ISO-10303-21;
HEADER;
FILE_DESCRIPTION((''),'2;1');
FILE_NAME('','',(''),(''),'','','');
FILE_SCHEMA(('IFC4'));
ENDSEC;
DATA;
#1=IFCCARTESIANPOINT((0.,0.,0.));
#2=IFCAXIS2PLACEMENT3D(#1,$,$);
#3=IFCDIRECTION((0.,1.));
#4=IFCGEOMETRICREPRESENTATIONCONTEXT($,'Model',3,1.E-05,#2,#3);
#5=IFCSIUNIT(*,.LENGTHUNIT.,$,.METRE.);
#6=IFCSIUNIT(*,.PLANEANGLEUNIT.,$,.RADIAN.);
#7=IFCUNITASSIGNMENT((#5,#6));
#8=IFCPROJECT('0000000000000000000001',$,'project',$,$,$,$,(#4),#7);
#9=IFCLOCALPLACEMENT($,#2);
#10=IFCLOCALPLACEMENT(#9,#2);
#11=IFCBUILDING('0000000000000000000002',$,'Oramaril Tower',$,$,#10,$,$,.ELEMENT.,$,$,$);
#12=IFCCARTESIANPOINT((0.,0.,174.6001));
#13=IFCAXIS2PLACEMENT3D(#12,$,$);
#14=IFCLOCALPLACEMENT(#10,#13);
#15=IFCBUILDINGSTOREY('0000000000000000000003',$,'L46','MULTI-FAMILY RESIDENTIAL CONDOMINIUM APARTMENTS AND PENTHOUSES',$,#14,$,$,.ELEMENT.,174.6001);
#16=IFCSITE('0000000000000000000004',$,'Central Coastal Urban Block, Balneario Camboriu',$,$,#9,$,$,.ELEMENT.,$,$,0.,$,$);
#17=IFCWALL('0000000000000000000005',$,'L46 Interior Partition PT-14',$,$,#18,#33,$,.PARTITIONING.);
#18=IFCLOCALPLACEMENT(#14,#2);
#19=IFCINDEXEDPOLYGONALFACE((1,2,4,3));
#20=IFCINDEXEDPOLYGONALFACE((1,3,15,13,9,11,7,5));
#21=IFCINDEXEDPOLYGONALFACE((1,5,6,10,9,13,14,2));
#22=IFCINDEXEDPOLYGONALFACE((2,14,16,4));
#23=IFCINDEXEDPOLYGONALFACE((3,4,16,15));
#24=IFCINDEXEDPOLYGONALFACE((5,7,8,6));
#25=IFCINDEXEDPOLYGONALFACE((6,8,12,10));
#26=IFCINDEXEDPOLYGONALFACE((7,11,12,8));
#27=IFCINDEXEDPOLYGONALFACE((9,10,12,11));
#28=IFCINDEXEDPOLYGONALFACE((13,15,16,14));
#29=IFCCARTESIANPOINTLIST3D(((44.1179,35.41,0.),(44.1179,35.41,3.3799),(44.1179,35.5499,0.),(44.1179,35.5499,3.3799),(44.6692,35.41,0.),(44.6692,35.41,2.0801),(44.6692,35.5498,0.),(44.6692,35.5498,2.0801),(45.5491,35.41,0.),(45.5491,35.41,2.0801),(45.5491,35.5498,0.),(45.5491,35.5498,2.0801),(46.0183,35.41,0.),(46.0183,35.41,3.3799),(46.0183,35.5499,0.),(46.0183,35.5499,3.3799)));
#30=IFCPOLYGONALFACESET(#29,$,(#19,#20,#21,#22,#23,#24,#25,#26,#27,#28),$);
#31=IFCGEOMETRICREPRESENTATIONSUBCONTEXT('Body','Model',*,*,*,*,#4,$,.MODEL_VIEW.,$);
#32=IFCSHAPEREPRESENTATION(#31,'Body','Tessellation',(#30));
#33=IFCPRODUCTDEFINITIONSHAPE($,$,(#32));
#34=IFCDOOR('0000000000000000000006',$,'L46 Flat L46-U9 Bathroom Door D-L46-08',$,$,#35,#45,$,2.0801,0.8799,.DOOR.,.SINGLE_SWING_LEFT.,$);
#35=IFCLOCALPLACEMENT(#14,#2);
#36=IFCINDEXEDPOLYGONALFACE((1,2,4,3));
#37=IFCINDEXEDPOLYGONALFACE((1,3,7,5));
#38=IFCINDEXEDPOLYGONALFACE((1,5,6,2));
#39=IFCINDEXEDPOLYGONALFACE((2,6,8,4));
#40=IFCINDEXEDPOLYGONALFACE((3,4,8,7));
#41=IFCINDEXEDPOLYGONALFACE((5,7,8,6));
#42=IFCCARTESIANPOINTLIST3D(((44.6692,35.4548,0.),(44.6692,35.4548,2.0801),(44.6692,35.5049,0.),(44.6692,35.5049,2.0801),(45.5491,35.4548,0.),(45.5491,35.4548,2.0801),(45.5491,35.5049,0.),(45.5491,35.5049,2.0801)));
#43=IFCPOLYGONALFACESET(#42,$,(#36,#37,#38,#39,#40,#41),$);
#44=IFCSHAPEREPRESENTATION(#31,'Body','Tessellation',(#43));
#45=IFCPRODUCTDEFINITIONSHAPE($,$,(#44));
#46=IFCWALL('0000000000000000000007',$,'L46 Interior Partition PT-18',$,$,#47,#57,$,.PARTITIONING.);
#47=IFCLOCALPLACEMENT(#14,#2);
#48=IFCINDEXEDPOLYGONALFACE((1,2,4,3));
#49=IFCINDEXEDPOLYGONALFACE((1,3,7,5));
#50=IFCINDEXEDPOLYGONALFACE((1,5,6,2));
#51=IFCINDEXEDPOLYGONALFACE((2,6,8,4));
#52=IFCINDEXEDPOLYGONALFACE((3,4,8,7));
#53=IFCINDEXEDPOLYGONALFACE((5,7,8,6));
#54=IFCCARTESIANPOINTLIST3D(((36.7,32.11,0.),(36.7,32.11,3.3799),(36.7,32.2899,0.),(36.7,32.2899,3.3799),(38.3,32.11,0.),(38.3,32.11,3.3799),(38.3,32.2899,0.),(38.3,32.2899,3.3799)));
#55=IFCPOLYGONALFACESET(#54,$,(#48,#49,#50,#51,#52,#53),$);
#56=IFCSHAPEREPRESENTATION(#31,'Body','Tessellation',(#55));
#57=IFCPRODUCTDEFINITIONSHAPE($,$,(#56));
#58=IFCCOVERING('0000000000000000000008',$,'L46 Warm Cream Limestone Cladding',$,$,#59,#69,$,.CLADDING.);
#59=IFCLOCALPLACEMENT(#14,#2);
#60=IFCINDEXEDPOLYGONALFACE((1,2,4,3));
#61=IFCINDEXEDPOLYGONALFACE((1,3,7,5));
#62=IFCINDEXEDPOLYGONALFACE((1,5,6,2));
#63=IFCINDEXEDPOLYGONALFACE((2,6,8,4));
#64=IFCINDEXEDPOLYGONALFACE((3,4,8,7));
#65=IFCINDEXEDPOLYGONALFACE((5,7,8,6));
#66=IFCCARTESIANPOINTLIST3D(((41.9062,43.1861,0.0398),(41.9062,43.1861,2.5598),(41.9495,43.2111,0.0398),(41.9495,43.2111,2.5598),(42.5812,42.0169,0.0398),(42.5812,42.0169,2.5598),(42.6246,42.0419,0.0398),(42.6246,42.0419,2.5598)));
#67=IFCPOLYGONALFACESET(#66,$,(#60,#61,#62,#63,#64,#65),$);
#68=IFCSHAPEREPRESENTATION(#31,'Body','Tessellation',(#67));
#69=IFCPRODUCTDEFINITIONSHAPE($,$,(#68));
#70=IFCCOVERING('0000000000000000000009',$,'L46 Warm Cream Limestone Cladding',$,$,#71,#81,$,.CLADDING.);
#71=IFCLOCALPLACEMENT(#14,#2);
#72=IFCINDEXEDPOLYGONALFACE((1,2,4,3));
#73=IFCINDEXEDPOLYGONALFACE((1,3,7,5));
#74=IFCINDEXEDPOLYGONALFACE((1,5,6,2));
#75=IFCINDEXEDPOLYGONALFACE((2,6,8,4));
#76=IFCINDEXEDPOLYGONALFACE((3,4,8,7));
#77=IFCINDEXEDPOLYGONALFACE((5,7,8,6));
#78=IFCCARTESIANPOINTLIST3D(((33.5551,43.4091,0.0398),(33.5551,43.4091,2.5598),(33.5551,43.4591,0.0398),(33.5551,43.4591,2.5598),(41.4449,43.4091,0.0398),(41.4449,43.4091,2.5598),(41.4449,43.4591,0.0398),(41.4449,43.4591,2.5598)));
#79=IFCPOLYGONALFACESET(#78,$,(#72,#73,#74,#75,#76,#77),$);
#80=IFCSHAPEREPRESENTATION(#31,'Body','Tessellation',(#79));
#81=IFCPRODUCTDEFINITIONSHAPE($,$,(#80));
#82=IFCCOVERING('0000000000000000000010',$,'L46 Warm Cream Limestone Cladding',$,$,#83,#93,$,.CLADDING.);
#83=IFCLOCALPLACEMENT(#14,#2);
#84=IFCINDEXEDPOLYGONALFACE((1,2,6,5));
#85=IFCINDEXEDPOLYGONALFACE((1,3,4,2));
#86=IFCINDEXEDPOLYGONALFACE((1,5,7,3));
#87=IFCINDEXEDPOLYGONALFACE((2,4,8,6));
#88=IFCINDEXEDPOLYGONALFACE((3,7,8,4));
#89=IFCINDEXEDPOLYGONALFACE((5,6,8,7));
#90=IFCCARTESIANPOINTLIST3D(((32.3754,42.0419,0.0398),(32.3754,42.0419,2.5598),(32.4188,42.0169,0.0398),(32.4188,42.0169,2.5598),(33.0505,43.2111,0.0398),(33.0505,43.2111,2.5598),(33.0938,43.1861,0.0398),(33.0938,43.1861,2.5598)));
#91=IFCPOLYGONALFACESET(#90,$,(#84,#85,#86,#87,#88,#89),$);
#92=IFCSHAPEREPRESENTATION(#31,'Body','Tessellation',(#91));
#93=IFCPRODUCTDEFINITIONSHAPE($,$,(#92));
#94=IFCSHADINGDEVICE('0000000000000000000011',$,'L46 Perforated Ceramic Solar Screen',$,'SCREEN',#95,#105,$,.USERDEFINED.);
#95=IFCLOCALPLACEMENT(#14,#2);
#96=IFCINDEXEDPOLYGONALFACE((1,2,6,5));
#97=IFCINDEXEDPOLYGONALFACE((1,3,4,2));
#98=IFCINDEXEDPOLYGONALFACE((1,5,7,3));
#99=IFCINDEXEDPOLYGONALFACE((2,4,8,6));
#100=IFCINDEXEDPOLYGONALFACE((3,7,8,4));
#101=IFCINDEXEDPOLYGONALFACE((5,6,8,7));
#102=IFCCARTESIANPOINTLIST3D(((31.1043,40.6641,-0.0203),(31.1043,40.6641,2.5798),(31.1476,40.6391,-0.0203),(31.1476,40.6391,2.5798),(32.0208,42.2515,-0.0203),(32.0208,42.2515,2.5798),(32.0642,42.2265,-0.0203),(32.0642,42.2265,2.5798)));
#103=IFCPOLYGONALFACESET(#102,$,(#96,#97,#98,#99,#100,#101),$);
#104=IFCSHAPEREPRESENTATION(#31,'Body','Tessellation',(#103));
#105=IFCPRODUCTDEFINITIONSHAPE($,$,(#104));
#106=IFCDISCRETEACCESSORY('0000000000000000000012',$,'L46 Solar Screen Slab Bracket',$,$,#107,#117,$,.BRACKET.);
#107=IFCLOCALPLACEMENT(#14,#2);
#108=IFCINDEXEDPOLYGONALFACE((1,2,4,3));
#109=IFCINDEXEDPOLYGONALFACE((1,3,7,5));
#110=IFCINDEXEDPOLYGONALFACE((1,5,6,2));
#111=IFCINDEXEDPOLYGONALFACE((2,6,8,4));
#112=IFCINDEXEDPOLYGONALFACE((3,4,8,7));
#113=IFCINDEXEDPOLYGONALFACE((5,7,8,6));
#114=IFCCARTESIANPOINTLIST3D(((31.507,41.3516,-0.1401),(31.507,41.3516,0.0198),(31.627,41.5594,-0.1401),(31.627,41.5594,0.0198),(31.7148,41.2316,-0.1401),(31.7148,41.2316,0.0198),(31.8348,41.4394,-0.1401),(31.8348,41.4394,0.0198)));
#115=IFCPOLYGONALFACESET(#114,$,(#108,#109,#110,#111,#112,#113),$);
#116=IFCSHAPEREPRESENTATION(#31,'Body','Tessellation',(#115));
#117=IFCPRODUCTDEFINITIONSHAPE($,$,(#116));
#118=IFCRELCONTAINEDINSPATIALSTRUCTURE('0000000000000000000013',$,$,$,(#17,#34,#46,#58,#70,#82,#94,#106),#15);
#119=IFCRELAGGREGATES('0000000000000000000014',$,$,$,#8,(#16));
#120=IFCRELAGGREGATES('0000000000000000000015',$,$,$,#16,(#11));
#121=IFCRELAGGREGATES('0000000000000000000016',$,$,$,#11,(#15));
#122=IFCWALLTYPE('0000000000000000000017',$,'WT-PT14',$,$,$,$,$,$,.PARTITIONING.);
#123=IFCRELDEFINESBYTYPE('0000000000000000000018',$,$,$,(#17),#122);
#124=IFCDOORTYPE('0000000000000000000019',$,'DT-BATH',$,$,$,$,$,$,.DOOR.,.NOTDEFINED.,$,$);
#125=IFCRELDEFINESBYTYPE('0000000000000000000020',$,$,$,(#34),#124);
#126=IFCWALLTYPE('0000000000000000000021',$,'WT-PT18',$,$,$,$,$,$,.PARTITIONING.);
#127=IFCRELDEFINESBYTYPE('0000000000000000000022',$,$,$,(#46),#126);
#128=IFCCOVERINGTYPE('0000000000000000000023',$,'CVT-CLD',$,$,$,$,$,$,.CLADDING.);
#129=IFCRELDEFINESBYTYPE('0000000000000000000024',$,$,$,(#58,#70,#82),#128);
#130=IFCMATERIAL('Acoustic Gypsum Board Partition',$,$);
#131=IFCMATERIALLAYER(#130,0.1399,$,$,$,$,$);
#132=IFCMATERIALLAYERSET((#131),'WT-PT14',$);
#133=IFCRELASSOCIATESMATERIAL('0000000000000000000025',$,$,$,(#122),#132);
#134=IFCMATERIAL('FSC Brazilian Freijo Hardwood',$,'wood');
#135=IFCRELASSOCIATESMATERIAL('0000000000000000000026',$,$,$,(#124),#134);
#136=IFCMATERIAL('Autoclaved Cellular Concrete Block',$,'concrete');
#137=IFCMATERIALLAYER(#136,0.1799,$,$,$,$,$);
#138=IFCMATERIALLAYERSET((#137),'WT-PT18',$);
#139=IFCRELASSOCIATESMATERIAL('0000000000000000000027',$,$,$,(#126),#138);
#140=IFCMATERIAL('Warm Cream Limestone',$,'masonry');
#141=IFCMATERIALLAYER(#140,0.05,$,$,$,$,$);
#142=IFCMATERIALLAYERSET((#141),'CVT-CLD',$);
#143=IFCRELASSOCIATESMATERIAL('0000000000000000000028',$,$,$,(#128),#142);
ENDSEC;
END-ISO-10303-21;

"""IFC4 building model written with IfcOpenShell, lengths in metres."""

from ifc_helpers import new_model, si_unit, direction, frame, frame_2d, origin, origin_2d, place, context, subcontext, project, spatial, rectangle, extrude, material, layer, layer_set, type_object, element, fill, save


model = new_model("IFC4")

# Units and contexts
model_context = context("Model", 3, precision=1e-05, world=origin(), true_north=direction((0.0, 1.0)))
body_context = subcontext(model_context, "Body", "Model", "MODEL_VIEW")
ifc_project = project(units=[si_unit("LENGTHUNIT", "METRE"), si_unit("PLANEANGLEUNIT", "RADIAN")], contexts=[model_context])

# Site, building, storey
site_placement = place(None, origin())
site = spatial("IfcSite", under=ifc_project, at=site_placement, Name="Central Coastal Urban Block, Balneario Camboriu", CompositionType="ELEMENT", RefElevation=0.0)
building_placement = place(site_placement, origin())
building = spatial("IfcBuilding", under=site, at=building_placement, Name="Oramaril Tower", CompositionType="ELEMENT")
storey_placement = place(building_placement, frame((0.0, 0.0, 174.6001)))
storey = spatial("IfcBuildingStorey", under=building, at=storey_placement, Name="L46", Description="MULTI-FAMILY RESIDENTIAL CONDOMINIUM APARTMENTS AND PENTHOUSES", CompositionType="ELEMENT", Elevation=174.6001)

# Wall, opening, door
ifc_material_1 = material(Name="Acoustic Gypsum Board Partition")
ifc_layer_1 = layer(ifc_material_1, 0.1399)
ifc_layer_set_1 = layer_set([ifc_layer_1], Name="WT-PT14")
wall_type_1 = type_object("IfcWallType", Name="WT-PT14", PredefinedType="PARTITIONING", material=ifc_layer_set_1)
wall_1_placement = place(storey_placement, frame((44.1179, 35.48, 0.0), z_axis=(0.0, 0.0, 1.0), x_axis=(1.0, 0.0, 0.0)))
wall_1 = element("IfcWall", 1, at=wall_1_placement, inside=storey, type_object=wall_type_1, Name="L46 Interior Partition PT-14", PredefinedType="PARTITIONING", context=body_context, shape_type="SweptSolid", body=[
    extrude(rectangle(XDim=1.9004, YDim=0.1399, at=frame_2d((0.9502, 0.0))), origin(), (0.0, 0.0, 1.0), 3.3799),
])
opening_1_placement = place(wall_1_placement, frame((0.5513, 0.0, 0.0)))
opening_1 = element("IfcOpeningElement", 2, at=opening_1_placement, cuts=wall_1, PredefinedType="OPENING", context=body_context, shape_type="SweptSolid", body=[
    extrude(rectangle(XDim=0.8799, YDim=2.0801, at=frame_2d((0.4399, 1.04))), frame((0.0, 0.0698, 0.0), z_axis=(0.0, -1.0, 0.0), x_axis=(1.0, 0.0, 0.0)), (0.0, 0.0, 1.0), 0.1399),
])
ifc_material_2 = material(Name="FSC Brazilian Freijo Hardwood", Category="wood")
door_type_1 = type_object("IfcDoorType", Name="DT-BATH", OperationType="NOTDEFINED", PredefinedType="DOOR", material=ifc_material_2)
door_1_placement = place(opening_1_placement, origin())
door_1 = element("IfcDoor", 3, at=door_1_placement, inside=storey, type_object=door_type_1, Name="L46 Flat L46-U9 Bathroom Door D-L46-08", OperationType="SINGLE_SWING_LEFT", OverallHeight=2.0801, OverallWidth=0.8799, PredefinedType="DOOR", context=body_context, shape_type="SweptSolid", body=[
    extrude(rectangle(XDim=0.8799, YDim=2.0801, at=frame_2d((0.4399, 1.04))), frame((0.0, 0.0249, 0.0), z_axis=(0.0, -1.0, 0.0), x_axis=(1.0, 0.0, 0.0)), (0.0, 0.0, 1.0), 0.05),
])
fill(opening_1, door_1)

# Wall
ifc_material_3 = material(Name="Autoclaved Cellular Concrete Block", Category="concrete")
ifc_layer_2 = layer(ifc_material_3, 0.1799)
ifc_layer_set_2 = layer_set([ifc_layer_2], Name="WT-PT18")
wall_type_2 = type_object("IfcWallType", Name="WT-PT18", PredefinedType="PARTITIONING", material=ifc_layer_set_2)
wall_2_placement = place(storey_placement, frame((36.7, 32.2, 0.0), z_axis=(0.0, 0.0, 1.0), x_axis=(1.0, 0.0, 0.0)))
element("IfcWall", 4, at=wall_2_placement, inside=storey, type_object=wall_type_2, Name="L46 Interior Partition PT-18", PredefinedType="PARTITIONING", context=body_context, shape_type="SweptSolid", body=[
    extrude(rectangle(XDim=1.6001, YDim=0.1799, at=frame_2d((0.8, 0.0))), origin(), (0.0, 0.0, 1.0), 3.3799),
])

# Coverings
ifc_material_4 = material(Name="Warm Cream Limestone", Category="masonry")
ifc_layer_3 = layer(ifc_material_4, 0.05)
ifc_layer_set_3 = layer_set([ifc_layer_3], Name="CVT-CLD")
covering_type = type_object("IfcCoveringType", Name="CVT-CLD", PredefinedType="CLADDING", material=ifc_layer_set_3)
covering_1_placement = place(storey_placement, frame((42.2654, 42.614, 0.0398), z_axis=(0.0, 0.0, 1.0), x_axis=(-0.5, 0.866025, 0.0)))
element("IfcCovering", 5, at=covering_1_placement, inside=storey, type_object=covering_type, Name="L46 Warm Cream Limestone Cladding", PredefinedType="CLADDING", context=body_context, shape_type="SweptSolid", body=[
    extrude(rectangle(XDim=1.3501, YDim=0.05, at=origin_2d()), origin(), (0.0, 0.0, 1.0), 2.52),
])
covering_2_placement = place(storey_placement, frame((37.5, 43.4341, 0.0398), z_axis=(0.0, 0.0, 1.0), x_axis=(-1.0, 0.0, 0.0)))
element("IfcCovering", 6, at=covering_2_placement, inside=storey, type_object=covering_type, Name="L46 Warm Cream Limestone Cladding", PredefinedType="CLADDING", context=body_context, shape_type="SweptSolid", body=[
    extrude(rectangle(XDim=7.8899, YDim=0.05, at=origin_2d()), origin(), (0.0, 0.0, 1.0), 2.52),
])
covering_3_placement = place(storey_placement, frame((32.7346, 42.614, 0.0398), z_axis=(0.0, 0.0, 1.0), x_axis=(-0.5, -0.866025, 0.0)))
element("IfcCovering", 7, at=covering_3_placement, inside=storey, type_object=covering_type, Name="L46 Warm Cream Limestone Cladding", PredefinedType="CLADDING", context=body_context, shape_type="SweptSolid", body=[
    extrude(rectangle(XDim=1.3501, YDim=0.05, at=origin_2d()), origin(), (0.0, 0.0, 1.0), 2.52),
])

# Shading device
shading_device_placement = place(storey_placement, frame((31.5842, 41.4453, -0.0203), z_axis=(0.0, 0.0, 1.0), x_axis=(-0.5, -0.866025, 0.0)))
element("IfcShadingDevice", 8, at=shading_device_placement, inside=storey, Name="L46 Perforated Ceramic Solar Screen", ObjectType="SCREEN", PredefinedType="USERDEFINED", context=body_context, shape_type="SweptSolid", body=[
    extrude(rectangle(XDim=1.833, YDim=0.05, at=origin_2d()), origin(), (0.0, 0.0, 1.0), 2.6001),
])

# Discrete accessory
discrete_accessory_placement = place(storey_placement, frame((31.6709, 41.3955, -0.1401), z_axis=(0.0, 0.0, 1.0), x_axis=(-0.5, -0.866025, 0.0)))
element("IfcDiscreteAccessory", 9, at=discrete_accessory_placement, inside=storey, Name="L46 Solar Screen Slab Bracket", PredefinedType="BRACKET", context=body_context, shape_type="SweptSolid", body=[
    extrude(rectangle(XDim=0.24, YDim=0.24, at=origin_2d()), origin(), (0.0, 0.0, 1.0), 0.1599),
])

save(model, "model.ifc")
